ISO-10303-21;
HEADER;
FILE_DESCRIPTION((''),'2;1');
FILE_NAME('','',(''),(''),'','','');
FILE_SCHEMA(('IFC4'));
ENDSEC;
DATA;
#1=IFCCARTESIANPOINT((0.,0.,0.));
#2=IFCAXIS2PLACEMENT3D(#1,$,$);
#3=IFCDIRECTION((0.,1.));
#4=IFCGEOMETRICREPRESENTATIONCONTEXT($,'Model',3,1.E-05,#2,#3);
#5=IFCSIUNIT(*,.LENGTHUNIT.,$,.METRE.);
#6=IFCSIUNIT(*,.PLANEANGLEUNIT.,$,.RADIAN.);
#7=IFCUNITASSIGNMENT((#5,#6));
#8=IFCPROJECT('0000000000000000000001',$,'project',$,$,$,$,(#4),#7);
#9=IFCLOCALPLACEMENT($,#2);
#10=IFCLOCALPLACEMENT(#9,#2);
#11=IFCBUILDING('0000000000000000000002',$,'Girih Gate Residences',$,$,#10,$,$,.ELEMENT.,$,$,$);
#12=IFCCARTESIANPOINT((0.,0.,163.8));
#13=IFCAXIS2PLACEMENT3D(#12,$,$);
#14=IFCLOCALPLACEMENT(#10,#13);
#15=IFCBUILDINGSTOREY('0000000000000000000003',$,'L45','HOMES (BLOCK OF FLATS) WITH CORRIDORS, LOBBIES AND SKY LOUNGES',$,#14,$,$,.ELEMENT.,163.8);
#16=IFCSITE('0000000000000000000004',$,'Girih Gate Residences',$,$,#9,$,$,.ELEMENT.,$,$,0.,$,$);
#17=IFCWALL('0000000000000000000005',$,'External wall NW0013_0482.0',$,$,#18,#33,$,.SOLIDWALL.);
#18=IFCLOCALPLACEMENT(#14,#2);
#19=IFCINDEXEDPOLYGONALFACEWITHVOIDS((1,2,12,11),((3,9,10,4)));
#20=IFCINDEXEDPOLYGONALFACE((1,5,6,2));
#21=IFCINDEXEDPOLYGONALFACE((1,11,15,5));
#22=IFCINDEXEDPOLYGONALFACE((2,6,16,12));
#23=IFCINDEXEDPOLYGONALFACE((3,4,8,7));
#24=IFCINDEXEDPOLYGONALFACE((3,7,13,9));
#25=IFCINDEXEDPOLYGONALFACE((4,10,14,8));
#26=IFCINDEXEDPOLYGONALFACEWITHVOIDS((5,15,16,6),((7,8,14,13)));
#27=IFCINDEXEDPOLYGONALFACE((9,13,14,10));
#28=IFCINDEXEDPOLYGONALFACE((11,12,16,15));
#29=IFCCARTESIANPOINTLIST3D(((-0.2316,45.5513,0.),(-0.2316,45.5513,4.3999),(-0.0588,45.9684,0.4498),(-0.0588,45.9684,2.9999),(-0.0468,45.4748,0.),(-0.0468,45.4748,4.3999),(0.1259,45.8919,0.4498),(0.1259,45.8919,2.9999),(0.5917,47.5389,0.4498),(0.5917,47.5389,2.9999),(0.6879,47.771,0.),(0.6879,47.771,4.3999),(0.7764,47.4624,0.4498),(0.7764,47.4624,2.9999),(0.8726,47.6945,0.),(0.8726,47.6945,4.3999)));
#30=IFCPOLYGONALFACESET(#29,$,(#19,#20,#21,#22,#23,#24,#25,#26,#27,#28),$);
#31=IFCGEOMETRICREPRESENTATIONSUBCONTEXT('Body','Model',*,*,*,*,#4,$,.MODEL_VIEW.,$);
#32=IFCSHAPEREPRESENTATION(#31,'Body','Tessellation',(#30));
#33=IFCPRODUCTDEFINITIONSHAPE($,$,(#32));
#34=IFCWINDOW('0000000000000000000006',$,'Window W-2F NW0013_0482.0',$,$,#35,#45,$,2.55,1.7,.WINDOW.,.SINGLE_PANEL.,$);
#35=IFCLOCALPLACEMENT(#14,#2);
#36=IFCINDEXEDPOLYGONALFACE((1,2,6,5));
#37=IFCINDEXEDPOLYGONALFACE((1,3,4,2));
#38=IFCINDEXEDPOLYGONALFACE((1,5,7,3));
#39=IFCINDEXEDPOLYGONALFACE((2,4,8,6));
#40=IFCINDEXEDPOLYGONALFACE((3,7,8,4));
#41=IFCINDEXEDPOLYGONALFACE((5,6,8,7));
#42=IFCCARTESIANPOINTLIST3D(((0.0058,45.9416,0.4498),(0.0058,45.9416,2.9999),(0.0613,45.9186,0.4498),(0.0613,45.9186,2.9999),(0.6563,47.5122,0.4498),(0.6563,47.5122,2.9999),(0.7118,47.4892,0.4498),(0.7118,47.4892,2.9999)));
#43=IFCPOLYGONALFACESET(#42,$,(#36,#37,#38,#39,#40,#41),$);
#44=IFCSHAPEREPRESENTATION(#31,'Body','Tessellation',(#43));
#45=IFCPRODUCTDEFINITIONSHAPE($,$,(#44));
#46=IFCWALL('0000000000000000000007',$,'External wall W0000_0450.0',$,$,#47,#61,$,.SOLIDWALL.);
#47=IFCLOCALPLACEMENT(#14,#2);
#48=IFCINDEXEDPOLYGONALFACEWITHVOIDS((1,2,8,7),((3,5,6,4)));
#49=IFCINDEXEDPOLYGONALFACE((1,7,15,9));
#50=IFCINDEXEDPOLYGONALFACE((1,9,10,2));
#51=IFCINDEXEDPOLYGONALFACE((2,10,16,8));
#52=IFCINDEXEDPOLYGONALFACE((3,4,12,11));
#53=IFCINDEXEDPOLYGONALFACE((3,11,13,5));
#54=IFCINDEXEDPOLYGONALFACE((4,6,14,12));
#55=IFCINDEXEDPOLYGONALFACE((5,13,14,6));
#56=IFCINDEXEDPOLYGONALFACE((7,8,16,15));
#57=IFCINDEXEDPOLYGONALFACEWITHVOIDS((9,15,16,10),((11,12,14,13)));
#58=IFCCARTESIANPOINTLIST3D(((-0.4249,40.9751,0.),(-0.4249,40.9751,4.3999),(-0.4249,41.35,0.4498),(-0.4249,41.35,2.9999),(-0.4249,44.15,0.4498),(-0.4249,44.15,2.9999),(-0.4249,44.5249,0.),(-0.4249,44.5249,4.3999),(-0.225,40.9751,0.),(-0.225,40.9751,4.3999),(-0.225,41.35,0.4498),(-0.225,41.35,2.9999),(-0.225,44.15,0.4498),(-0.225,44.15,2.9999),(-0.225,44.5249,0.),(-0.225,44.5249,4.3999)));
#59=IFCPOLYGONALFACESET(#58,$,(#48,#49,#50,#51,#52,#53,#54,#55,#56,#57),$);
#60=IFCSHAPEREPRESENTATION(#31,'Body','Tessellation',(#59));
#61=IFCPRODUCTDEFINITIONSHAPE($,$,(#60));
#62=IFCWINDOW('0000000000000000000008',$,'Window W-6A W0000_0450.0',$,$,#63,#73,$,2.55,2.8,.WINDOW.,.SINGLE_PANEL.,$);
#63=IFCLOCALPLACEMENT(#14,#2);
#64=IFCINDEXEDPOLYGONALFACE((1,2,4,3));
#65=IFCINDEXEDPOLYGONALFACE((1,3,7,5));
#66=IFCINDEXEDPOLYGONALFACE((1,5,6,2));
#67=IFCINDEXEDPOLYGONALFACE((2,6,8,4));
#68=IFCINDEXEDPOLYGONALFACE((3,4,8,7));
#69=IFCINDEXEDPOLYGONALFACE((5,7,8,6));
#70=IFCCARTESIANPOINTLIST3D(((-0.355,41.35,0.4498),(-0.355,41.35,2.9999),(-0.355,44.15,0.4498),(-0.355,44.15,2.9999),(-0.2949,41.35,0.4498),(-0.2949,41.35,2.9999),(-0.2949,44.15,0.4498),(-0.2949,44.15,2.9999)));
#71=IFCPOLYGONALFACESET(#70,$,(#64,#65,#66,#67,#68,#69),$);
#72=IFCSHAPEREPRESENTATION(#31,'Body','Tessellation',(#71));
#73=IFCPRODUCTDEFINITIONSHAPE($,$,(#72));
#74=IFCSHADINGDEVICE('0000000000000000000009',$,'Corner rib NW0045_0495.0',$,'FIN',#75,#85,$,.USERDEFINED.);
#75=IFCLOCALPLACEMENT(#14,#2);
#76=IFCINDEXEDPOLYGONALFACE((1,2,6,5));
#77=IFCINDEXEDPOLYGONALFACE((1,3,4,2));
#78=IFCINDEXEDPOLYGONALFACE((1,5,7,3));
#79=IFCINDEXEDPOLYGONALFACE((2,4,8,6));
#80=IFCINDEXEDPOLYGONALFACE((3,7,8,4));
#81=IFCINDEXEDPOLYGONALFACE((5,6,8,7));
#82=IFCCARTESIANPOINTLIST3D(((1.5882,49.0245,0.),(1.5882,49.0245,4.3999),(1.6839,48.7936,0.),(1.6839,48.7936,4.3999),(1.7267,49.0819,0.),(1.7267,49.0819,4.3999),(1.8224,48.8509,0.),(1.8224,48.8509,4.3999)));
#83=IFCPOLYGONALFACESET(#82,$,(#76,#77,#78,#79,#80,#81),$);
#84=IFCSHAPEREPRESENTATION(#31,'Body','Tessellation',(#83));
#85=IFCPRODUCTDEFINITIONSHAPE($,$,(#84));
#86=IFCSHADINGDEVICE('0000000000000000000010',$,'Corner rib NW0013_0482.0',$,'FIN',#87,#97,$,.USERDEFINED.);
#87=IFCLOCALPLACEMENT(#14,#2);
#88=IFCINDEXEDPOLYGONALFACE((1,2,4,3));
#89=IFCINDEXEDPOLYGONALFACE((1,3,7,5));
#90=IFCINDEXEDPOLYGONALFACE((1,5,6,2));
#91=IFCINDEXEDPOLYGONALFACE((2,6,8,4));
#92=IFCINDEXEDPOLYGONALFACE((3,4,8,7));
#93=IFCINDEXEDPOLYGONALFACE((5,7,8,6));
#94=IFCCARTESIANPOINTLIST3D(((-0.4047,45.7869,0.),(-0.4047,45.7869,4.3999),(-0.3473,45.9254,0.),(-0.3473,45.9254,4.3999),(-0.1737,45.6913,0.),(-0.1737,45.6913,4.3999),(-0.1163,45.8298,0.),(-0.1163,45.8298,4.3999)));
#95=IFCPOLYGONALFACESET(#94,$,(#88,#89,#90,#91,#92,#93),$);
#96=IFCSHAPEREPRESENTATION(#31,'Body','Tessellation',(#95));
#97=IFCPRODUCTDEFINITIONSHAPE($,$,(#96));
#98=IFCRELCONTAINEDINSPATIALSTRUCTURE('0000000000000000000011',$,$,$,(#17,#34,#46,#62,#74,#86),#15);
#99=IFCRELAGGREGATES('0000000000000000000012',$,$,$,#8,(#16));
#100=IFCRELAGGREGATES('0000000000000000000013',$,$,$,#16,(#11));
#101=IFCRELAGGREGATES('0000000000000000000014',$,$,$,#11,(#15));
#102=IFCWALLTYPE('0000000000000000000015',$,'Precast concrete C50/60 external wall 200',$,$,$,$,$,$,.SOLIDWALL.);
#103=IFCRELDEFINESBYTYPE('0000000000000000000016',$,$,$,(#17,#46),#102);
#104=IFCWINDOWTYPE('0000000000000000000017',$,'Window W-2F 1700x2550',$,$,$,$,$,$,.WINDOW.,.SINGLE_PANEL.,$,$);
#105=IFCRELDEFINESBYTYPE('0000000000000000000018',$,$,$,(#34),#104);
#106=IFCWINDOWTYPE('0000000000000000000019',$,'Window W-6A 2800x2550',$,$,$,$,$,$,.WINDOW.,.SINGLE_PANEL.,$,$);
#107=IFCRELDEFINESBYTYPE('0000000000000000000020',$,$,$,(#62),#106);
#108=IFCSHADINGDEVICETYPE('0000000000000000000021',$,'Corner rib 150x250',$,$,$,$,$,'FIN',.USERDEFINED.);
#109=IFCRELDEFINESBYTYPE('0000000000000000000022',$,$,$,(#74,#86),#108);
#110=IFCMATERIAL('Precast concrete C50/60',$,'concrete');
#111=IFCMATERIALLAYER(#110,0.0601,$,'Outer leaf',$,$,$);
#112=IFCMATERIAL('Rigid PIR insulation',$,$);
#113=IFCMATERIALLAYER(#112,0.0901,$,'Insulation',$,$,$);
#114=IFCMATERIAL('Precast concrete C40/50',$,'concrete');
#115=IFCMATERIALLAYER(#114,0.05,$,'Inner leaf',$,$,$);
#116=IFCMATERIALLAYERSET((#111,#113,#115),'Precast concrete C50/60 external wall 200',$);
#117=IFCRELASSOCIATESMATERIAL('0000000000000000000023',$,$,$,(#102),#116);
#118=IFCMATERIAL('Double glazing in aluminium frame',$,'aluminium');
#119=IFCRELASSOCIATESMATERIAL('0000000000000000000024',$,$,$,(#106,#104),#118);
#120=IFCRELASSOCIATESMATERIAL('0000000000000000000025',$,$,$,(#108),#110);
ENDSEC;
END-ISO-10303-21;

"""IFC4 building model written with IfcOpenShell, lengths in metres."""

from ifc_helpers import new_model, si_unit, direction, frame, frame_2d, origin, origin_2d, place, context, subcontext, project, spatial, rectangle, extrude, material, layer, layer_set, type_object, element, fill, save


model = new_model("IFC4")

# Units and contexts
model_context = context("Model", 3, precision=1e-05, world=origin(), true_north=direction((0.0, 1.0)))
body_context = subcontext(model_context, "Body", "Model", "MODEL_VIEW")
ifc_project = project(units=[si_unit("LENGTHUNIT", "METRE"), si_unit("PLANEANGLEUNIT", "RADIAN")], contexts=[model_context])

# Site, building, storey
site_placement = place(None, origin())
site = spatial("IfcSite", under=ifc_project, at=site_placement, Name="Girih Gate Residences", CompositionType="ELEMENT", RefElevation=0.0)
building_placement = place(site_placement, origin())
building = spatial("IfcBuilding", under=site, at=building_placement, Name="Girih Gate Residences", CompositionType="ELEMENT")
storey_placement = place(building_placement, frame((0.0, 0.0, 163.8)))
storey = spatial("IfcBuildingStorey", under=building, at=storey_placement, Name="L45", Description="HOMES (BLOCK OF FLATS) WITH CORRIDORS, LOBBIES AND SKY LOUNGES", CompositionType="ELEMENT", Elevation=163.8)

# Walls, openings, windows
ifc_material_1 = material(Name="Precast concrete C50/60", Category="concrete")
ifc_layer_1 = layer(ifc_material_1, 0.0601, Name="Outer leaf")
ifc_material_2 = material(Name="Rigid PIR insulation")
ifc_layer_2 = layer(ifc_material_2, 0.0901, Name="Insulation")
ifc_material_3 = material(Name="Precast concrete C40/50", Category="concrete")
ifc_layer_3 = layer(ifc_material_3, 0.05, Name="Inner leaf")
ifc_layer_set_1 = layer_set([ifc_layer_1, ifc_layer_2, ifc_layer_3], Name="Precast concrete C50/60 external wall 200")
wall_type_1 = type_object("IfcWallType", Name="Precast concrete C50/60 external wall 200", PredefinedType="SOLIDWALL", material=ifc_layer_set_1)
ifc_material_4 = material(Name="Double glazing in aluminium frame", Category="aluminium")
window_type_1 = type_object("IfcWindowType", Name="Window W-6A 2800x2550", PartitioningType="SINGLE_PANEL", PredefinedType="WINDOW", material=ifc_material_4)
window_type_2 = type_object("IfcWindowType", Name="Window W-2F 1700x2550", PartitioningType="SINGLE_PANEL", PredefinedType="WINDOW", material=ifc_material_4)
wall_1_placement = place(storey_placement, frame((-0.1392, 45.5132, 0.0), z_axis=(0.0, 0.0, 1.0), x_axis=(0.382681, 0.923881, 0.0)))
wall_1 = element("IfcWall", 1, at=wall_1_placement, inside=storey, type_object=wall_type_1, Name="External wall NW0013_0482.0", PredefinedType="SOLIDWALL", context=body_context, shape_type="SweptSolid", body=[
    extrude(rectangle(XDim=2.4026, YDim=0.2, at=frame_2d((1.2012, 0.0))), origin(), (0.0, 0.0, 1.0), 4.3999),
])
opening_1_placement = place(wall_1_placement, frame((0.4512, 0.0, 0.45)))
opening_1 = element("IfcOpeningElement", 2, at=opening_1_placement, cuts=wall_1, PredefinedType="OPENING", context=body_context, shape_type="SweptSolid", body=[
    extrude(rectangle(XDim=1.7, YDim=2.55, at=frame_2d((0.8501, 1.2749))), frame((0.0, 0.1099, 0.0), z_axis=(0.0, -1.0, 0.0), x_axis=(1.0, 0.0, 0.0)), (0.0, 0.0, 1.0), 0.22),
])
window_1_placement = place(opening_1_placement, origin())
window_1 = element("IfcWindow", 3, at=window_1_placement, inside=storey, type_object=window_type_2, Name="Window W-2F NW0013_0482.0", OverallHeight=2.55, OverallWidth=1.7, PartitioningType="SINGLE_PANEL", PredefinedType="WINDOW", context=body_context, shape_type="SweptSolid", body=[
    extrude(rectangle(XDim=1.7, YDim=2.55, at=frame_2d((0.8501, 1.2749))), frame((0.0, 0.03, 0.0), z_axis=(0.0, -1.0, 0.0), x_axis=(1.0, 0.0, 0.0)), (0.0, 0.0, 1.0), 0.0601),
])
fill(opening_1, window_1)
wall_2_placement = place(storey_placement, frame((-0.325, 40.9751, 0.0), z_axis=(0.0, 0.0, 1.0), x_axis=(0.0, 1.0, 0.0)))
wall_2 = element("IfcWall", 4, at=wall_2_placement, inside=storey, type_object=wall_type_1, Name="External wall W0000_0450.0", PredefinedType="SOLIDWALL", context=body_context, shape_type="SweptSolid", body=[
    extrude(rectangle(XDim=3.5498, YDim=0.2, at=frame_2d((1.7749, 0.0))), origin(), (0.0, 0.0, 1.0), 4.3999),
])
opening_2_placement = place(wall_2_placement, frame((0.375, 0.0, 0.45)))
opening_2 = element("IfcOpeningElement", 5, at=opening_2_placement, cuts=wall_2, PredefinedType="OPENING", context=body_context, shape_type="SweptSolid", body=[
    extrude(rectangle(XDim=2.8, YDim=2.55, at=frame_2d((1.3999, 1.2749))), frame((0.0, 0.1099, 0.0), z_axis=(0.0, -1.0, 0.0), x_axis=(1.0, 0.0, 0.0)), (0.0, 0.0, 1.0), 0.22),
])
window_2_placement = place(opening_2_placement, origin())
window_2 = element("IfcWindow", 6, at=window_2_placement, inside=storey, type_object=window_type_1, Name="Window W-6A W0000_0450.0", OverallHeight=2.55, OverallWidth=2.8, PartitioningType="SINGLE_PANEL", PredefinedType="WINDOW", context=body_context, shape_type="SweptSolid", body=[
    extrude(rectangle(XDim=2.8, YDim=2.55, at=frame_2d((1.3999, 1.2749))), frame((0.0, 0.03, 0.0), z_axis=(0.0, -1.0, 0.0), x_axis=(1.0, 0.0, 0.0)), (0.0, 0.0, 1.0), 0.0601),
])
fill(opening_2, window_2)

# Shading devices
shading_device_type = type_object("IfcShadingDeviceType", Name="Corner rib 150x250", ElementType="FIN", PredefinedType="USERDEFINED", material=ifc_material_1)
for number, where, z_axis, x_axis, name in (
    (7, (1.7053, 48.9377, 0.0), (0.0, 0.0, 1.0), (-0.92388, -0.382683, 0.0), "Corner rib NW0045_0495.0"),
    (8, (-0.2605, 45.8083, 0.0), (0.0, 0.0, 1.0), (-0.382683, -0.92388, 0.0), "Corner rib NW0013_0482.0"),
):
    element("IfcShadingDevice", number, at=place(storey_placement, frame(where, z_axis=z_axis, x_axis=x_axis)), inside=storey, type_object=shading_device_type, Name=name, ObjectType="FIN", PredefinedType="USERDEFINED", context=body_context, shape_type="SweptSolid", body=[
        extrude(rectangle(XDim=0.1499, YDim=0.25, at=origin_2d()), origin(), (0.0, 0.0, 1.0), 4.3999),
    ])

save(model, "model.ifc")
